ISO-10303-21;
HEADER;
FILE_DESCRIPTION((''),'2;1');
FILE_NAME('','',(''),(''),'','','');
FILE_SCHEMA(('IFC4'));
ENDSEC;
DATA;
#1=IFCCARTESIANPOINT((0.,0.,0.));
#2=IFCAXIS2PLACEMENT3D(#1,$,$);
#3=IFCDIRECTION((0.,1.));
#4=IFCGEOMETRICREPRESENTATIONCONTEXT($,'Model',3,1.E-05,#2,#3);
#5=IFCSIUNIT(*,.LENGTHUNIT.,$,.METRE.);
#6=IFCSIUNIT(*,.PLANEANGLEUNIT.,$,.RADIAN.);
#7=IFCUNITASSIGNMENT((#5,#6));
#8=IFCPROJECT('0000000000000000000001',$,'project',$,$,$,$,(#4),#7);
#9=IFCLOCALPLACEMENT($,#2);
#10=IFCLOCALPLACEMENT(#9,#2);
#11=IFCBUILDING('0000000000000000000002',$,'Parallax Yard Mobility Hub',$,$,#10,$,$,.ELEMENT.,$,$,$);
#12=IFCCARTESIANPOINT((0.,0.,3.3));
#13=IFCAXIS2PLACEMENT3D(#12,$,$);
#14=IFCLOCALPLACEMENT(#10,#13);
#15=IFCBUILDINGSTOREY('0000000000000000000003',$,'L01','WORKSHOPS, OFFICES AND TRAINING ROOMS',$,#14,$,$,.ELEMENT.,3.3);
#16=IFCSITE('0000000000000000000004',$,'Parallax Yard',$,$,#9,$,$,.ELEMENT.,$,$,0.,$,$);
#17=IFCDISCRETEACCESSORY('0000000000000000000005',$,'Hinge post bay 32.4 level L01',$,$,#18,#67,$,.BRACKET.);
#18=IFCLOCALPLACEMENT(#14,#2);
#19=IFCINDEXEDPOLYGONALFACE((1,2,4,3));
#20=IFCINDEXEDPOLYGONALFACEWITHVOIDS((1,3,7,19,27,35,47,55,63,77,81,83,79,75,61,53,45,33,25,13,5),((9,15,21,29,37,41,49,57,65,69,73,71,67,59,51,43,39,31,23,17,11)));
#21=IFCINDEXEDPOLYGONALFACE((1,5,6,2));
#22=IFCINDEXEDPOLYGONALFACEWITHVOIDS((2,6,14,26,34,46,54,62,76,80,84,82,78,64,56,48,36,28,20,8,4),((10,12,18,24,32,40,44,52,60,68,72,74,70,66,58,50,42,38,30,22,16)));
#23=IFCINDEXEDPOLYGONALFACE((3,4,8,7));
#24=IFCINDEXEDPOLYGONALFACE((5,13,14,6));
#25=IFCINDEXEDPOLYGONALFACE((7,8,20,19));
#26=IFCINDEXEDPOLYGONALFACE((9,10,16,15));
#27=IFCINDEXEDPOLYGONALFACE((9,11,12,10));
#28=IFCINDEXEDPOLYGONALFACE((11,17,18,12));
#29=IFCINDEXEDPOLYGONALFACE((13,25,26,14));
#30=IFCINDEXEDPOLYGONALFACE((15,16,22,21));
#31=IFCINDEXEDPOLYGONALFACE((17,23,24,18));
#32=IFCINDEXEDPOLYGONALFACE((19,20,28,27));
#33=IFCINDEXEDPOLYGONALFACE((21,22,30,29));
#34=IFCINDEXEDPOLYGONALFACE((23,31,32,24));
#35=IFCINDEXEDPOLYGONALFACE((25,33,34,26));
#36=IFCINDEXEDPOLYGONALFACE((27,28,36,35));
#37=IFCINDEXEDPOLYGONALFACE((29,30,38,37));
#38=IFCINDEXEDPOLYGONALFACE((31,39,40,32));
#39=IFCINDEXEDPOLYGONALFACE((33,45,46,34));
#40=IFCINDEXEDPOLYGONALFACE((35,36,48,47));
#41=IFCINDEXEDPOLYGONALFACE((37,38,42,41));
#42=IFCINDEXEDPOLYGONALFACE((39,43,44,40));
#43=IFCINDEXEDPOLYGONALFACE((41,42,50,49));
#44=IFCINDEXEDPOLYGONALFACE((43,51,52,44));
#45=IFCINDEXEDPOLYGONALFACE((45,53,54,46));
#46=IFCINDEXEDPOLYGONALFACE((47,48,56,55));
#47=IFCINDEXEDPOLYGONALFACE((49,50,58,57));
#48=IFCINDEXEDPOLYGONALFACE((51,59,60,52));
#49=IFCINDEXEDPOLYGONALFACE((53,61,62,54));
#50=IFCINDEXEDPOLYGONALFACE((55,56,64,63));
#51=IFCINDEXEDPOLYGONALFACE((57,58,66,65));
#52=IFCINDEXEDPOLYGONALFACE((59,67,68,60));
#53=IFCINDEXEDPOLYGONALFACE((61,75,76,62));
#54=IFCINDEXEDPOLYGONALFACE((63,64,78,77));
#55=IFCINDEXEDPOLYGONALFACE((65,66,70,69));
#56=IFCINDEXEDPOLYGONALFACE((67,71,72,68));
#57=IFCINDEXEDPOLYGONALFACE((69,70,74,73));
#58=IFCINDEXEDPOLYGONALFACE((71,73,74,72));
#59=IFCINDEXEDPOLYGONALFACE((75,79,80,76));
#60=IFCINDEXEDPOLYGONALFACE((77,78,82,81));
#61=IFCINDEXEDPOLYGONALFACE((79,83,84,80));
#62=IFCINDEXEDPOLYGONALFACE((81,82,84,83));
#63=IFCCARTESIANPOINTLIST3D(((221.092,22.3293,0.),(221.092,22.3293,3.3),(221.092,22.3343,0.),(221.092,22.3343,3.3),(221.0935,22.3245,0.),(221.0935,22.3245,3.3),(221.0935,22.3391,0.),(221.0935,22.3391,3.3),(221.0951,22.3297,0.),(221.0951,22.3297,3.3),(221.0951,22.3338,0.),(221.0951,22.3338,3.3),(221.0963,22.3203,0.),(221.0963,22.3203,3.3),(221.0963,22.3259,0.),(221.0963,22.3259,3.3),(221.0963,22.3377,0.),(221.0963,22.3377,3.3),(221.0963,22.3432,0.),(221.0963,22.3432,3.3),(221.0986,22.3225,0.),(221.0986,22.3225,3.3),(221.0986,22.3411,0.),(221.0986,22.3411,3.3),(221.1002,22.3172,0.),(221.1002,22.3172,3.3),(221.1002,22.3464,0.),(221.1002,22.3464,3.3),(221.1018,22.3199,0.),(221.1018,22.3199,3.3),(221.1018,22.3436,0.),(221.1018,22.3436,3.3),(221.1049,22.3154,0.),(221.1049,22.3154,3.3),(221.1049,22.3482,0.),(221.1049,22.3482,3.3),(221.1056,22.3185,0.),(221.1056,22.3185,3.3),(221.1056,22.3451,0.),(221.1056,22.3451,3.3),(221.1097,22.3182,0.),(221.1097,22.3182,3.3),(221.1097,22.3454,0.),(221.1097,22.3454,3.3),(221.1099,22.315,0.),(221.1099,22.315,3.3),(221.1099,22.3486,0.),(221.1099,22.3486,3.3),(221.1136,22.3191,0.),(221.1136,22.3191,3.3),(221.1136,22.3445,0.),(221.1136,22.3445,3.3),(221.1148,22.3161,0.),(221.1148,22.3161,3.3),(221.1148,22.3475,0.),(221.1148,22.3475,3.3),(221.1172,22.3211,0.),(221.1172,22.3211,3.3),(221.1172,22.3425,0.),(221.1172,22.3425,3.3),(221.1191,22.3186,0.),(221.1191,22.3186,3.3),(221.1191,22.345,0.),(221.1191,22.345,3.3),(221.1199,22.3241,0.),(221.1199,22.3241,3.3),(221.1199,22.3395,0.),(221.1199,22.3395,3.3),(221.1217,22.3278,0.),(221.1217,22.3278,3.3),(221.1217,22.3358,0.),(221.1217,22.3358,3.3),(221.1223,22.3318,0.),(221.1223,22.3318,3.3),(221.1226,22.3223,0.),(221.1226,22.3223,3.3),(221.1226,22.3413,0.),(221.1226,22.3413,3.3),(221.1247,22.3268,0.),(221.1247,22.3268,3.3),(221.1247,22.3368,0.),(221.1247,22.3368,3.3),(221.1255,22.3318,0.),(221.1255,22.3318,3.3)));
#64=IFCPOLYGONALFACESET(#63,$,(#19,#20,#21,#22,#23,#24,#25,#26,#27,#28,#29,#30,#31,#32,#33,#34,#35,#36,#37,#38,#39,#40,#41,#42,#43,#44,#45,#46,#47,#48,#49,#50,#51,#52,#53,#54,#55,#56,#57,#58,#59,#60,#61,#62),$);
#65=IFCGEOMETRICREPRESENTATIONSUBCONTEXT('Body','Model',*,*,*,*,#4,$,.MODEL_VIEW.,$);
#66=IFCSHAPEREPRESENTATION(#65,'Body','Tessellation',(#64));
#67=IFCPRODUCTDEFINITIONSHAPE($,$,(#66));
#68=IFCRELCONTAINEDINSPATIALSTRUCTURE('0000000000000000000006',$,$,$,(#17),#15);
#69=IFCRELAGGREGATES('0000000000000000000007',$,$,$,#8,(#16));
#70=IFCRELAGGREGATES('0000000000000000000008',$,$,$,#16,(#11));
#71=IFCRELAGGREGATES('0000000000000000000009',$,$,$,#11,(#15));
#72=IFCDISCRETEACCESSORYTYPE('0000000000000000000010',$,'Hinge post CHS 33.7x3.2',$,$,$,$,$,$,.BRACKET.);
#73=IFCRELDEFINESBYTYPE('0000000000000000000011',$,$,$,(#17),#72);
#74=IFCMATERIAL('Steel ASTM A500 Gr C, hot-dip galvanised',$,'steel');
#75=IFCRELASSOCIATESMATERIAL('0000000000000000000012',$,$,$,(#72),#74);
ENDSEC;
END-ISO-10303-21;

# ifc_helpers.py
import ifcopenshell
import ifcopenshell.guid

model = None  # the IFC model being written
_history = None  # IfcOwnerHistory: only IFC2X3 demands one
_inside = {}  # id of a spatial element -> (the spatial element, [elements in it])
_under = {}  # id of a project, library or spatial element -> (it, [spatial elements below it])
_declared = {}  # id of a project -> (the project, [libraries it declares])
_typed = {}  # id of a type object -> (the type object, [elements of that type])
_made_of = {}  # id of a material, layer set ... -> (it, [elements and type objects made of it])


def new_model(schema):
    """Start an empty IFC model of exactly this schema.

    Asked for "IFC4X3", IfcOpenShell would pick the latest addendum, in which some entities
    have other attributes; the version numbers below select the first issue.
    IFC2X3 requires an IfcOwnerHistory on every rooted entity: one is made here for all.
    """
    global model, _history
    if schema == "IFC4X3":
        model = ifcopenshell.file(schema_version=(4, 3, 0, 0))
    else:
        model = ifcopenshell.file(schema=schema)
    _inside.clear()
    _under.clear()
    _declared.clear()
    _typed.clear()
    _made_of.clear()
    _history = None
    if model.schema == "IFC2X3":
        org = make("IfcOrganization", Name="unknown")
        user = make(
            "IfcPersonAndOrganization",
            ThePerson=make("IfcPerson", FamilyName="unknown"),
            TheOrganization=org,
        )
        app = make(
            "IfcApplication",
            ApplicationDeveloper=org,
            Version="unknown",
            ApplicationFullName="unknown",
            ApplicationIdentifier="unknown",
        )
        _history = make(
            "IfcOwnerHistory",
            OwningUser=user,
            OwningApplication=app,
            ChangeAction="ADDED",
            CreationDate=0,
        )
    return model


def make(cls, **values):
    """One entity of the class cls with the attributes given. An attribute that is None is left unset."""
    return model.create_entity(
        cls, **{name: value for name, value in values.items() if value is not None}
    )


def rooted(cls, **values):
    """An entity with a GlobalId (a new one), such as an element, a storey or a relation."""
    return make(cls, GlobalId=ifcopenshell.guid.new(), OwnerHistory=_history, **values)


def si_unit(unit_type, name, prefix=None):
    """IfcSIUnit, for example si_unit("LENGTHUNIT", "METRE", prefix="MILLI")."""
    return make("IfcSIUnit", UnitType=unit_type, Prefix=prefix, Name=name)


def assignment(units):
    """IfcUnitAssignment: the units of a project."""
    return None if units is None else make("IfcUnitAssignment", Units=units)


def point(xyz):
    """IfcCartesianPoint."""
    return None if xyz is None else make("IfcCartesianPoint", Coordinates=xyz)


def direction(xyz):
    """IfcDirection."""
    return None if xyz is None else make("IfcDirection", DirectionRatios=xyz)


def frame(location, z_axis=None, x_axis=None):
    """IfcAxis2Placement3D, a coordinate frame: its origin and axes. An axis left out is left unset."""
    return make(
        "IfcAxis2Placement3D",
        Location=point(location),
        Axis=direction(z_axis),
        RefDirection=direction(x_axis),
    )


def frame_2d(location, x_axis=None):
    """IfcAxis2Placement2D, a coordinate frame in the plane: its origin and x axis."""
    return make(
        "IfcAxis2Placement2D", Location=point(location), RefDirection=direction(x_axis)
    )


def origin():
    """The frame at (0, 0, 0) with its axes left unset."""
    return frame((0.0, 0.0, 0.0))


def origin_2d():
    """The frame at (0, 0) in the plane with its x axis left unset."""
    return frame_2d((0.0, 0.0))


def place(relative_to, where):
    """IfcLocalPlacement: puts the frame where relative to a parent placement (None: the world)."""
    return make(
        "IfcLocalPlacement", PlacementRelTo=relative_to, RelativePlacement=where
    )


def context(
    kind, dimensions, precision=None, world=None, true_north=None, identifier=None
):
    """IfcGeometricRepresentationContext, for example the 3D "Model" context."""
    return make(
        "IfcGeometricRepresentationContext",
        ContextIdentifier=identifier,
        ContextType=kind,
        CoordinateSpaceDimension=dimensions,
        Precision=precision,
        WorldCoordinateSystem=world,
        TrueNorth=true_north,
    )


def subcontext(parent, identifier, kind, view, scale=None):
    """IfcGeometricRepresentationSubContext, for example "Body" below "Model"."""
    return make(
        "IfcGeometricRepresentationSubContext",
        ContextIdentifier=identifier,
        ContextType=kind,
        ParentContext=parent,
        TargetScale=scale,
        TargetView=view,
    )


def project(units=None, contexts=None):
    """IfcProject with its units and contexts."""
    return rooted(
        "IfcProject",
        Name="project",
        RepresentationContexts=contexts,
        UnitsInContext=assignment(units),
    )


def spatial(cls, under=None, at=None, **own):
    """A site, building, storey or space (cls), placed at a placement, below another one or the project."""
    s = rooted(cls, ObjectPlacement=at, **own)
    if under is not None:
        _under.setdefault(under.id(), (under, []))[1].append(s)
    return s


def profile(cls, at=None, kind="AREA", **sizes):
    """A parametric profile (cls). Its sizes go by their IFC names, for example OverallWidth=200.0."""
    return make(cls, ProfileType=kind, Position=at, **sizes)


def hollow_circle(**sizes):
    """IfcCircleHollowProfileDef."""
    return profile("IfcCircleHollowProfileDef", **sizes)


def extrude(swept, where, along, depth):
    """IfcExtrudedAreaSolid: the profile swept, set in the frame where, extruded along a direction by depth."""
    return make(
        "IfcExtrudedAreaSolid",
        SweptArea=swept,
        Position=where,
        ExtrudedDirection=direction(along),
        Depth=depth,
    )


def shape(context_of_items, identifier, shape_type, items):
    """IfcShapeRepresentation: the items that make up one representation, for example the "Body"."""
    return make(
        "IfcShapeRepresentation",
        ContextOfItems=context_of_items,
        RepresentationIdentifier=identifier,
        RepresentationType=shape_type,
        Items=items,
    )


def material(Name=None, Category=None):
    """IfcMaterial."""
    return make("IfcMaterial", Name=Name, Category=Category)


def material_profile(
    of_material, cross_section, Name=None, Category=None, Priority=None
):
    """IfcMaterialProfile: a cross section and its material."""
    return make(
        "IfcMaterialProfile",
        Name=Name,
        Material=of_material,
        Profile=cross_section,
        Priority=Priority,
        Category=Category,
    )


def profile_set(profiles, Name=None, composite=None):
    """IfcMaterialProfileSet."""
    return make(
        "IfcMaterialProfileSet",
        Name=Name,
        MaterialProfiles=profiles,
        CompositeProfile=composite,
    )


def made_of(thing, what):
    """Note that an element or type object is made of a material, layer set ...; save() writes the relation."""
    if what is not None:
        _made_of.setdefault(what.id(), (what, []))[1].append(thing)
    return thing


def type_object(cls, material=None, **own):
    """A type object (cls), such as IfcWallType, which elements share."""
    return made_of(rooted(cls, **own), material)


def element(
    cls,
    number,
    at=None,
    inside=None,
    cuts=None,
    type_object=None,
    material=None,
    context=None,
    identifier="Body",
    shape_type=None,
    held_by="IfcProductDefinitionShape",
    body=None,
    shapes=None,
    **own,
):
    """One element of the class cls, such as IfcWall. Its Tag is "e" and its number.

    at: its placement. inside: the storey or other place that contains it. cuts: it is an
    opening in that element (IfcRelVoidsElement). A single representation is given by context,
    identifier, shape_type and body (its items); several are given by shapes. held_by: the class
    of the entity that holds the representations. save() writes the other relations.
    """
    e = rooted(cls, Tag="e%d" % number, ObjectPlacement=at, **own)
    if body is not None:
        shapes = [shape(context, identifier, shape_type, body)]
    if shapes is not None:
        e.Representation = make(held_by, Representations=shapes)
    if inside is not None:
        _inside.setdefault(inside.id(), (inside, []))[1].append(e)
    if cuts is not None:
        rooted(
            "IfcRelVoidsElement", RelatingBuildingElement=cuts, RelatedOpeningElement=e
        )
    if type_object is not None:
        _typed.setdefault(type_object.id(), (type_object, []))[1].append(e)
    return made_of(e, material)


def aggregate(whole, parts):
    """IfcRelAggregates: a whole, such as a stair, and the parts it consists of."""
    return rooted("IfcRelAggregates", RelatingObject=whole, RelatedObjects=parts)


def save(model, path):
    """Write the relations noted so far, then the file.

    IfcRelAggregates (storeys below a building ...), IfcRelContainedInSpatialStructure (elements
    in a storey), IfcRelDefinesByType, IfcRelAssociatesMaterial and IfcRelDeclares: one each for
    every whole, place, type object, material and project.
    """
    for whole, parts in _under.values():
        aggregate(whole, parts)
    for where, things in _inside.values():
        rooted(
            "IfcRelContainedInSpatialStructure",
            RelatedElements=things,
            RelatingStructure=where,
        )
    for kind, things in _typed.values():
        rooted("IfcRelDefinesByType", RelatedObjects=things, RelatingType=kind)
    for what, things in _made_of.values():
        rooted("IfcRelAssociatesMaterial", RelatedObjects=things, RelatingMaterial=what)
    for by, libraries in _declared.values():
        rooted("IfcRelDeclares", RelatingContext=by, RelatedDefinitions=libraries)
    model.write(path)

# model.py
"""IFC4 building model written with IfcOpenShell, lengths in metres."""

from ifc_helpers import new_model, si_unit, direction, frame, origin, origin_2d, place, context, subcontext, project, spatial, hollow_circle, extrude, material, material_profile, profile_set, type_object, element, save


model = new_model("IFC4")

# Units and contexts
model_context = context("Model", 3, precision=1e-05, world=origin(), true_north=direction((0.0, 1.0)))
body_context = subcontext(model_context, "Body", "Model", "MODEL_VIEW")
ifc_project = project(units=[si_unit("LENGTHUNIT", "METRE"), si_unit("PLANEANGLEUNIT", "RADIAN")], contexts=[model_context])

# Site, building, storey
site_placement = place(None, origin())
site = spatial("IfcSite", under=ifc_project, at=site_placement, Name="Parallax Yard", CompositionType="ELEMENT", RefElevation=0.0)
building_placement = place(site_placement, origin())
building = spatial("IfcBuilding", under=site, at=building_placement, Name="Parallax Yard Mobility Hub", CompositionType="ELEMENT")
storey_placement = place(building_placement, frame((0.0, 0.0, 3.3)))
storey = spatial("IfcBuildingStorey", under=building, at=storey_placement, Name="L01", Description="WORKSHOPS, OFFICES AND TRAINING ROOMS", CompositionType="ELEMENT", Elevation=3.3)

# Discrete accessory
ifc_material_1 = material(Name="Steel ASTM A500 Gr C, hot-dip galvanised", Category="steel")
ifc_material_profile = material_profile(ifc_material_1, hollow_circle(Radius=0.0168, WallThickness=0.0032, at=origin_2d()), Name="CHS 33.7x3.2")
ifc_profile_set = profile_set([ifc_material_profile], Name="Steel ASTM A500 Gr C, hot-dip galvanised")
discrete_accessory_type_1 = type_object("IfcDiscreteAccessoryType", Name="Hinge post CHS 33.7x3.2", PredefinedType="BRACKET", material=ifc_profile_set)
for number, where, z_axis, x_axis, name in (
    (1, (221.1086, 22.3318, 0.0), (0.0, 0.0, 1.0), (1.0, 0.0, 0.0), "Hinge post bay 32.4 level L01"),
):
    element("IfcDiscreteAccessory", number, at=place(storey_placement, frame(where, z_axis=z_axis, x_axis=x_axis)), inside=storey, type_object=discrete_accessory_type_1, Name=name, PredefinedType="BRACKET", context=body_context, shape_type="SweptSolid", body=[
        extrude(hollow_circle(Radius=0.0168, WallThickness=0.0032, at=origin_2d()), origin(), (0.0, 0.0, 1.0), 3.3),
    ])

save(model, "model.ifc")
